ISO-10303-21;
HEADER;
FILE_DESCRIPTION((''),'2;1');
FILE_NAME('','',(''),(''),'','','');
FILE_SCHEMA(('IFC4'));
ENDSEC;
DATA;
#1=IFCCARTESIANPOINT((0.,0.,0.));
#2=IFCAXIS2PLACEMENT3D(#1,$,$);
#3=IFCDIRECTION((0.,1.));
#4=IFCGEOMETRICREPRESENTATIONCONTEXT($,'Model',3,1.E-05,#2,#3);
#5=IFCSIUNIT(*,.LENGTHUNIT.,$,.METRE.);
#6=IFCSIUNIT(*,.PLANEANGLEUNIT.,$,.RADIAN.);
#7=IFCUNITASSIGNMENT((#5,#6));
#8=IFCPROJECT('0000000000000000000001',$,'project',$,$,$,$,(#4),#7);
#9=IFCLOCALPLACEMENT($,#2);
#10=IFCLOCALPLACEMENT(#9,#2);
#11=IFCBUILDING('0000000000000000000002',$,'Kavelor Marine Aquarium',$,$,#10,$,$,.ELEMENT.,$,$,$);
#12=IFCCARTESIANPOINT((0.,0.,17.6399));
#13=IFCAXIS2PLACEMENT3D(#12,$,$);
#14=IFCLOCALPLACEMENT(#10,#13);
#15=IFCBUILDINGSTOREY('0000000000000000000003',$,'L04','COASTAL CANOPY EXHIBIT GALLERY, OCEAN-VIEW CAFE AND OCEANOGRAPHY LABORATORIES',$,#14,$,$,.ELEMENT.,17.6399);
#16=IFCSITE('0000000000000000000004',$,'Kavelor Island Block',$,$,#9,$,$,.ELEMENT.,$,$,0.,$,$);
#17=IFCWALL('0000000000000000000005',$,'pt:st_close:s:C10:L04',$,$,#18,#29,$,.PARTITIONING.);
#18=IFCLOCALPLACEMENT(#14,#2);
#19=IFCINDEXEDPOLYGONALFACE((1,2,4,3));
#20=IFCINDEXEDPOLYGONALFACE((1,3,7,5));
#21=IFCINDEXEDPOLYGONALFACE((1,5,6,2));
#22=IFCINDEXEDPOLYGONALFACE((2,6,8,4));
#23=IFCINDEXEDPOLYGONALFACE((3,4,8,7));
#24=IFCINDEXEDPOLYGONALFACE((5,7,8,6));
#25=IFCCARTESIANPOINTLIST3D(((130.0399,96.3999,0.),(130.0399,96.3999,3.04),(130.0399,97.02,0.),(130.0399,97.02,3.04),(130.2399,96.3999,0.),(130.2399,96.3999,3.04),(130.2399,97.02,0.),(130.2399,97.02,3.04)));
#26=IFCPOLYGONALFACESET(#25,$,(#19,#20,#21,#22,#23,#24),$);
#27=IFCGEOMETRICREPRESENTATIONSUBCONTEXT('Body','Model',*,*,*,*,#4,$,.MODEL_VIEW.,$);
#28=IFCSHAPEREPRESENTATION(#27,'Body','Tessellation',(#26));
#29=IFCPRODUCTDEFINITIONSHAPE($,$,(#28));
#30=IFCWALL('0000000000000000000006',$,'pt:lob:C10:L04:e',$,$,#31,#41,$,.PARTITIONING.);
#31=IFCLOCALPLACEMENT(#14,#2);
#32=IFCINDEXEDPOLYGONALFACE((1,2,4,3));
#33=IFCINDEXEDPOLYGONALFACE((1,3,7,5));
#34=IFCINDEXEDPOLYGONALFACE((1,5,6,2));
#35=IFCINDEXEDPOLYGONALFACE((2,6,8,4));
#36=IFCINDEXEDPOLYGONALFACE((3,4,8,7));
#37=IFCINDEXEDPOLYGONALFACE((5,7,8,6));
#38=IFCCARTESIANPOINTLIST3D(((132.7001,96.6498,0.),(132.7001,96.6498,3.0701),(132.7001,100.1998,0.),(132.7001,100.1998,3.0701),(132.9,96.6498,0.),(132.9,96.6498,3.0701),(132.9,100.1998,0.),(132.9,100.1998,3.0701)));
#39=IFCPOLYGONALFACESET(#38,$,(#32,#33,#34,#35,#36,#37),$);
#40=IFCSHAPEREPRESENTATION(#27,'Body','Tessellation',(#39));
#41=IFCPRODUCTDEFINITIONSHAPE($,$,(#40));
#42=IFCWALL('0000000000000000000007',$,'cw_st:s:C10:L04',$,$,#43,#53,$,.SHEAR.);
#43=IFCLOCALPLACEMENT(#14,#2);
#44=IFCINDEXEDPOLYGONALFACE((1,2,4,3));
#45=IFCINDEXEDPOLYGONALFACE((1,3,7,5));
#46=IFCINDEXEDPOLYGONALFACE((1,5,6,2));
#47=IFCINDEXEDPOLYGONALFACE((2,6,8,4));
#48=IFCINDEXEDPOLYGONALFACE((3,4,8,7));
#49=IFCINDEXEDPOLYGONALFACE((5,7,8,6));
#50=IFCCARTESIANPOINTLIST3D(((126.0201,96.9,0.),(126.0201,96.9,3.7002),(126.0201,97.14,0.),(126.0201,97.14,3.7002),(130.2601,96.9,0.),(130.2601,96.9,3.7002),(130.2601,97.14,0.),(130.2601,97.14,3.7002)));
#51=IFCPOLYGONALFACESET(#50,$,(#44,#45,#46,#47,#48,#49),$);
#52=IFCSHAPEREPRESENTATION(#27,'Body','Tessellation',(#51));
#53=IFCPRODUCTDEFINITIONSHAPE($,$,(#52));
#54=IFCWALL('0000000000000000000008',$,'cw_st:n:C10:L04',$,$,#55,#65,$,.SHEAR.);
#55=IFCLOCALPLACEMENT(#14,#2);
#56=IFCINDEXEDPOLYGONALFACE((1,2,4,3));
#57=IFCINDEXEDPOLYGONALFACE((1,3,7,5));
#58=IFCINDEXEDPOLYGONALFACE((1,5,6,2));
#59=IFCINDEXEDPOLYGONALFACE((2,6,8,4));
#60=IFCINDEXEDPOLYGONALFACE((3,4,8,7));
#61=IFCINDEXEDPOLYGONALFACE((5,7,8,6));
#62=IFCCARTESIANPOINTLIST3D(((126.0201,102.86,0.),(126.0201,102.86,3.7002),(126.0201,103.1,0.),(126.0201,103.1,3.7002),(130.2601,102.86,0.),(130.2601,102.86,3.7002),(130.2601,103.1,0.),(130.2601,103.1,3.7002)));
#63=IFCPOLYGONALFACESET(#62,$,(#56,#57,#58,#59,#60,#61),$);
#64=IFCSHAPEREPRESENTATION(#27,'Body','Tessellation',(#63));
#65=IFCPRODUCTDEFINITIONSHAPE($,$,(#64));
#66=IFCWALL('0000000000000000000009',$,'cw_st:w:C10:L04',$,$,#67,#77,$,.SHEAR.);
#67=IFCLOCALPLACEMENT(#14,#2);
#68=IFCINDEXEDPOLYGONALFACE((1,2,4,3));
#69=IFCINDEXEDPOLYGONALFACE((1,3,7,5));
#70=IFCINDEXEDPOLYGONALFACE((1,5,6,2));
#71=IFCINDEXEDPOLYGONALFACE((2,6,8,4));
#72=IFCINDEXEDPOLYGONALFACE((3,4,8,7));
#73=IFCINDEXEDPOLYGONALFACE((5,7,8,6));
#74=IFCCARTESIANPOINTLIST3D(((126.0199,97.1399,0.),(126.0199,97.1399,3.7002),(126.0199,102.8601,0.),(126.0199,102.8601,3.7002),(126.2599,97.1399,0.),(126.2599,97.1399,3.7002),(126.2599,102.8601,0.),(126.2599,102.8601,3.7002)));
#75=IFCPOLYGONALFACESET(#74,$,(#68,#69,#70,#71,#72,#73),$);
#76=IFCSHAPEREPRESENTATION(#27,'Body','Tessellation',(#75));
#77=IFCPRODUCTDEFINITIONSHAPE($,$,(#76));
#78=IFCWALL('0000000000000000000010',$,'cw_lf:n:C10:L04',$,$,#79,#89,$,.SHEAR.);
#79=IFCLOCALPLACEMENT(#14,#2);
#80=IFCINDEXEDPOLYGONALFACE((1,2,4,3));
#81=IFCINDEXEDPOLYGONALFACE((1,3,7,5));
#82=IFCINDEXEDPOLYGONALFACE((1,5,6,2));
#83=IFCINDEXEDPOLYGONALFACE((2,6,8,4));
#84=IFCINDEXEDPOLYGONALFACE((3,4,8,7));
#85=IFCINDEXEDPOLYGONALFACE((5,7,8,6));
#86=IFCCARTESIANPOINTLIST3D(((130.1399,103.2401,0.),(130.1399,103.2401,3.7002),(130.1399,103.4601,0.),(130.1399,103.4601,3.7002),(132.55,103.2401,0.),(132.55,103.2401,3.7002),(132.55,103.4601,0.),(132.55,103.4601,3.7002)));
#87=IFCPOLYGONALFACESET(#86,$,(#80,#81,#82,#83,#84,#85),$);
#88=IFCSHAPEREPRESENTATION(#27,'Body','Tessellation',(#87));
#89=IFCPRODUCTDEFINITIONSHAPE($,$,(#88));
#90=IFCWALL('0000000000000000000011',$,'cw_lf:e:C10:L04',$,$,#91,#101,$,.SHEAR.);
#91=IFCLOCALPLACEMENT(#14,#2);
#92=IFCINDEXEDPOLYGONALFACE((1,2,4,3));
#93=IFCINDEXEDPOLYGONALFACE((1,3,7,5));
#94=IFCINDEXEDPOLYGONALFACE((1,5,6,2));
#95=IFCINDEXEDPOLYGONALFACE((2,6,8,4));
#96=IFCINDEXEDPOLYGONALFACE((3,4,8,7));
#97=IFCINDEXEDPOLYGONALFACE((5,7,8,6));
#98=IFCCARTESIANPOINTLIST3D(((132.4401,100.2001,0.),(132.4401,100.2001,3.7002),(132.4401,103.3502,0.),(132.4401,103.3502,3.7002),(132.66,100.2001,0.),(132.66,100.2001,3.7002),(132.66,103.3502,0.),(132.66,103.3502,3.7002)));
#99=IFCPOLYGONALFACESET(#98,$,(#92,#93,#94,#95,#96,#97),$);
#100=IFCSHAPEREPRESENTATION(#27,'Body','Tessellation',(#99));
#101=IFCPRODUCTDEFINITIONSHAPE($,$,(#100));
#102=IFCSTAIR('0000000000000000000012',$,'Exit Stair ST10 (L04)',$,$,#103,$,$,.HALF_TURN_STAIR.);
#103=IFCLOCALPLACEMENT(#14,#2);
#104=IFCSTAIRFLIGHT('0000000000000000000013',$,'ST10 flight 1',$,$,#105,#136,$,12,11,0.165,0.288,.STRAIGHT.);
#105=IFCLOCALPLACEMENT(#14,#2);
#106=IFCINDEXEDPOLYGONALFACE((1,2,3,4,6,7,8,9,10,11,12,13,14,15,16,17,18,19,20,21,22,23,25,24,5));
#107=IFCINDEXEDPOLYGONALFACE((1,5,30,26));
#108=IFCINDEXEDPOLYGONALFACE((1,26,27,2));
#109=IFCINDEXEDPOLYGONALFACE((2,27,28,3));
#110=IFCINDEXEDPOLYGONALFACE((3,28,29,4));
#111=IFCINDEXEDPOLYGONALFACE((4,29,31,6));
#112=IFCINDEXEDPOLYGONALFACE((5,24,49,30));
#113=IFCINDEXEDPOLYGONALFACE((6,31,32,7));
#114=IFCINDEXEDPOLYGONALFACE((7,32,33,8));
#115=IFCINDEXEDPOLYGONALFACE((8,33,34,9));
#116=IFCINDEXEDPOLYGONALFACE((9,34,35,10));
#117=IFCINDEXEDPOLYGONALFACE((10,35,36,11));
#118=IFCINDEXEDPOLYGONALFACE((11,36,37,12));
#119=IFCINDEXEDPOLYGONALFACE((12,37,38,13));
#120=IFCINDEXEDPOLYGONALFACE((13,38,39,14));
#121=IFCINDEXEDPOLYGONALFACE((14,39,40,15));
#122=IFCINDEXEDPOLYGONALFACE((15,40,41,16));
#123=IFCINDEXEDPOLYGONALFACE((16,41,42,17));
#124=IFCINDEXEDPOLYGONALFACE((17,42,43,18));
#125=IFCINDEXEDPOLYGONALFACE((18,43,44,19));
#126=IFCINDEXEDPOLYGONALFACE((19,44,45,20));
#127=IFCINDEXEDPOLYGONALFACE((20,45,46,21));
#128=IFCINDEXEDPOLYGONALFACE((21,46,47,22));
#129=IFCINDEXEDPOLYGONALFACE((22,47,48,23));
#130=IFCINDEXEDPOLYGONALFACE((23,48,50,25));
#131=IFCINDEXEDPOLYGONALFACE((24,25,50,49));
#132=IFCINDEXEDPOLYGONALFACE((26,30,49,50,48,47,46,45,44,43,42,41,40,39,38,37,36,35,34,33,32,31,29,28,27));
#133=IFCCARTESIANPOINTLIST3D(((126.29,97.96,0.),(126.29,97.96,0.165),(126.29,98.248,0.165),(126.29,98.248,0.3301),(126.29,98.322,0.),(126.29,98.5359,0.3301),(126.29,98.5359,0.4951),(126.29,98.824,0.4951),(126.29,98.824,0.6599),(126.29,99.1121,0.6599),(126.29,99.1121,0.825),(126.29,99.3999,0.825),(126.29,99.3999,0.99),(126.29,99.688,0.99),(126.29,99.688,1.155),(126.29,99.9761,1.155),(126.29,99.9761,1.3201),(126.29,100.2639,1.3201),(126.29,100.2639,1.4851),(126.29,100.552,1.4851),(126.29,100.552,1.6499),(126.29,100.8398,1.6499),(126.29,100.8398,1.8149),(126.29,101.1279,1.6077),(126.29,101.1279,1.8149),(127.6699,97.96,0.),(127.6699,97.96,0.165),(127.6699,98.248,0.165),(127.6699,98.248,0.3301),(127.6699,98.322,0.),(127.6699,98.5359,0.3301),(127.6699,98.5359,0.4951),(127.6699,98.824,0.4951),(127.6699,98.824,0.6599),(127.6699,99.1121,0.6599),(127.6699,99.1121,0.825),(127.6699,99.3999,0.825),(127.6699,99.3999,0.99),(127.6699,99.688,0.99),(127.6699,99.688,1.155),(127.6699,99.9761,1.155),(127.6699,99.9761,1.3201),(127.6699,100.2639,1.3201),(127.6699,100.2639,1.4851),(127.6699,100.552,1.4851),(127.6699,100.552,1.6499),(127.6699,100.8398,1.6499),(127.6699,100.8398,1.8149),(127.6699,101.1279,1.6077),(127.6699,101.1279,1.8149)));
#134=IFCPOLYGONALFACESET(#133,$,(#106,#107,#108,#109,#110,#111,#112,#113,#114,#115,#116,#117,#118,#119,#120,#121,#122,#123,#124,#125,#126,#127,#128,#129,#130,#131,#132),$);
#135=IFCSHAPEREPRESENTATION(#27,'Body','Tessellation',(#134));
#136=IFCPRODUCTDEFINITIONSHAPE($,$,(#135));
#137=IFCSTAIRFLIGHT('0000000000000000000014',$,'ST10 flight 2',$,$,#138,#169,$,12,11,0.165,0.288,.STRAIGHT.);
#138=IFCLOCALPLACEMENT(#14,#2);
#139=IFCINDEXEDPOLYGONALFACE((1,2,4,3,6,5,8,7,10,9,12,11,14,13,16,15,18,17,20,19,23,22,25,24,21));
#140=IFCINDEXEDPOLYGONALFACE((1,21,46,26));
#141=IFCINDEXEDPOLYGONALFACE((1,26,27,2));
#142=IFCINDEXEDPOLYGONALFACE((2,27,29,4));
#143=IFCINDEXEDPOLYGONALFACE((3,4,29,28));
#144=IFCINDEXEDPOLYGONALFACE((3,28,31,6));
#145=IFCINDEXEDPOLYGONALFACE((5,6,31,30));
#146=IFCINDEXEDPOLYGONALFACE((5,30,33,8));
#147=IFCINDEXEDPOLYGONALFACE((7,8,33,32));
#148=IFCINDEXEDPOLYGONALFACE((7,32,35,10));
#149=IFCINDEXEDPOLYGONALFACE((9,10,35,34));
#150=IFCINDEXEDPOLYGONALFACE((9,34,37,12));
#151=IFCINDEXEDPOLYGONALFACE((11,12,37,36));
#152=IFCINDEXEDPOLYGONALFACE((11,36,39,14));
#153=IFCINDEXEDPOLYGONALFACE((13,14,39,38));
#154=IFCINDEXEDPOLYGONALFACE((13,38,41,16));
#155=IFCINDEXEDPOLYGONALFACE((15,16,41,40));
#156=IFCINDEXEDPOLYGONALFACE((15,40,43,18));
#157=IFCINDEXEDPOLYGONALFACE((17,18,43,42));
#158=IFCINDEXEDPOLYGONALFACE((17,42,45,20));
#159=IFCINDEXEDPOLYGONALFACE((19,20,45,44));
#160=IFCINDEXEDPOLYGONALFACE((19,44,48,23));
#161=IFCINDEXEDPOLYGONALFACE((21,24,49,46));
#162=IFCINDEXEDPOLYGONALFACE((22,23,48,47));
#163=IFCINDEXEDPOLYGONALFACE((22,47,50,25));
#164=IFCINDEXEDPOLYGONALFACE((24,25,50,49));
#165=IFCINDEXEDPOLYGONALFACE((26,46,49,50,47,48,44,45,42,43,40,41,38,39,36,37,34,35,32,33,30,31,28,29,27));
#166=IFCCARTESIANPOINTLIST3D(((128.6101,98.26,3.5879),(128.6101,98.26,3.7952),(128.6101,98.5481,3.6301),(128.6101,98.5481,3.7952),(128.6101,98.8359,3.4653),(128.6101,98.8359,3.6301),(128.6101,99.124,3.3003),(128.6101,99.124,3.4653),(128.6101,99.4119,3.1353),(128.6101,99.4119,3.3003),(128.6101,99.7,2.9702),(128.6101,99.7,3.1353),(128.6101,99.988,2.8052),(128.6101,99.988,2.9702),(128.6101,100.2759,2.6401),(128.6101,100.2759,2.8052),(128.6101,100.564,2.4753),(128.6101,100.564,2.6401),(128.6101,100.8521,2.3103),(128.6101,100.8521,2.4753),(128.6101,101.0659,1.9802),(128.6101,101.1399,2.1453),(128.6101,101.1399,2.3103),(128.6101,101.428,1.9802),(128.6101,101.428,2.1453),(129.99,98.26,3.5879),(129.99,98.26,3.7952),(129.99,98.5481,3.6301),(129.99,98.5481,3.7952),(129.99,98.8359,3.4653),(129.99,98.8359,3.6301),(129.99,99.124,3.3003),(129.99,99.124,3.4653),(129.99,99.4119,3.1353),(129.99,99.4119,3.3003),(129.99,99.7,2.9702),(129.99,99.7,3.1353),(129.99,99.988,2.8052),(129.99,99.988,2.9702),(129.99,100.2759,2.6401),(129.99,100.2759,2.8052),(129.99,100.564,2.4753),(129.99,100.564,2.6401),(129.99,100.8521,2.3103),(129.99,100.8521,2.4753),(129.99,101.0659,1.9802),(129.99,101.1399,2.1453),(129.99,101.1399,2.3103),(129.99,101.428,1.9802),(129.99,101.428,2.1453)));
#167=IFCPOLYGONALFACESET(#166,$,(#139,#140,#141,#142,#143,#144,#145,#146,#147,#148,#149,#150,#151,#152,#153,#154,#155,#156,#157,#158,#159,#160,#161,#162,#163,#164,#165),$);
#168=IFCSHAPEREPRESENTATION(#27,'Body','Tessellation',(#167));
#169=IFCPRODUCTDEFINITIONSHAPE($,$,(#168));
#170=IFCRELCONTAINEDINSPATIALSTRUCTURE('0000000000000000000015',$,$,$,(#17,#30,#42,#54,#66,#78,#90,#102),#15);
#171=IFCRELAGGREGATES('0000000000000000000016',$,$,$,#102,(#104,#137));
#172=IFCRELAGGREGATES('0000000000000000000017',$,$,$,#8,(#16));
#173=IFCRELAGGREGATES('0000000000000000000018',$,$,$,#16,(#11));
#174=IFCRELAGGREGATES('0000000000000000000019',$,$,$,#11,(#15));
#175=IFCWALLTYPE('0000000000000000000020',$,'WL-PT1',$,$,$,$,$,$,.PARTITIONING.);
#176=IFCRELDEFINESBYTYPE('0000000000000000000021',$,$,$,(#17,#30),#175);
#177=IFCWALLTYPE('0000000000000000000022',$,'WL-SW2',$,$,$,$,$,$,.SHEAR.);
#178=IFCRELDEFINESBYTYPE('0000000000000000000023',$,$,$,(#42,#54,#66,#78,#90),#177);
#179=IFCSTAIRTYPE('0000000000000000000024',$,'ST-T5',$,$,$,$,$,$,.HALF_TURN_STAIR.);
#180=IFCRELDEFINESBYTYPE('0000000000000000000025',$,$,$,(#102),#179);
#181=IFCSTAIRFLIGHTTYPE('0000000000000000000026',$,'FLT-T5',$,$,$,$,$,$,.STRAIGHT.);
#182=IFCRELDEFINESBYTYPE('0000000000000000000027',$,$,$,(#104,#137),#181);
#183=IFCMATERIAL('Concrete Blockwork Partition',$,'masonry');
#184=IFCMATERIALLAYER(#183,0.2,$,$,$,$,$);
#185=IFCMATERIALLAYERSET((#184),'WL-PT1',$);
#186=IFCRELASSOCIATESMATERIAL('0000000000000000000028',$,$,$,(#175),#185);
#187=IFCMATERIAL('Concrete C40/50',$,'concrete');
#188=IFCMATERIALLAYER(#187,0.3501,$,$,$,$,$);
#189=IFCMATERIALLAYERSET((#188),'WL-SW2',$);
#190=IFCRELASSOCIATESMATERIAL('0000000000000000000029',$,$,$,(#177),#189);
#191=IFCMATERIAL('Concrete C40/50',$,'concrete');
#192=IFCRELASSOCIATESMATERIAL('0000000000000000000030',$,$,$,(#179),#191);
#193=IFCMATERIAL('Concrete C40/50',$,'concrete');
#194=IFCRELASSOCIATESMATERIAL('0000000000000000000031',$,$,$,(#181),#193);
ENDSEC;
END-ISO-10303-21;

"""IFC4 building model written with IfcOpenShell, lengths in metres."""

from ifc_helpers import new_model, si_unit, direction, frame, frame_2d, origin, place, context, subcontext, project, spatial, polyline, rectangle, outline, extrude, material, layer, layer_set, type_object, element, aggregate, save


model = new_model("IFC4")

# Units and contexts
model_context = context("Model", 3, precision=1e-05, world=origin(), true_north=direction((0.0, 1.0)))
body_context = subcontext(model_context, "Body", "Model", "MODEL_VIEW")
ifc_project = project(units=[si_unit("LENGTHUNIT", "METRE"), si_unit("PLANEANGLEUNIT", "RADIAN")], contexts=[model_context])

# Site, building, storey
site_placement = place(None, origin())
site = spatial("IfcSite", under=ifc_project, at=site_placement, Name="Kavelor Island Block", CompositionType="ELEMENT", RefElevation=0.0)
building_placement = place(site_placement, origin())
building = spatial("IfcBuilding", under=site, at=building_placement, Name="Kavelor Marine Aquarium", CompositionType="ELEMENT")
storey_placement = place(building_placement, frame((0.0, 0.0, 17.6399)))
storey = spatial("IfcBuildingStorey", under=building, at=storey_placement, Name="L04", Description="COASTAL CANOPY EXHIBIT GALLERY, OCEAN-VIEW CAFE AND OCEANOGRAPHY LABORATORIES", CompositionType="ELEMENT", Elevation=17.6399)

# Walls
ifc_material_1 = material(Name="Concrete Blockwork Partition", Category="masonry")
ifc_layer_1 = layer(ifc_material_1, 0.2)
ifc_layer_set_1 = layer_set([ifc_layer_1], Name="WL-PT1")
wall_type_1 = type_object("IfcWallType", Name="WL-PT1", PredefinedType="PARTITIONING", material=ifc_layer_set_1)
wall_1_placement = place(storey_placement, frame((130.1399, 96.3999, 0.0), z_axis=(0.0, 0.0, 1.0), x_axis=(0.0, 1.0, 0.0)))
element("IfcWall", 1, at=wall_1_placement, inside=storey, type_object=wall_type_1, Name="pt:st_close:s:C10:L04", PredefinedType="PARTITIONING", context=body_context, shape_type="SweptSolid", body=[
    extrude(rectangle(XDim=0.6201, YDim=0.2, at=frame_2d((0.3101, 0.0))), origin(), (0.0, 0.0, 1.0), 3.04),
])
wall_2_placement = place(storey_placement, frame((132.8, 96.6499, 0.0), z_axis=(0.0, 0.0, 1.0), x_axis=(0.0, 1.0, 0.0)))
element("IfcWall", 2, at=wall_2_placement, inside=storey, type_object=wall_type_1, Name="pt:lob:C10:L04:e", PredefinedType="PARTITIONING", context=body_context, shape_type="SweptSolid", body=[
    extrude(rectangle(XDim=3.55, YDim=0.2, at=frame_2d((1.7749, 0.0))), origin(), (0.0, 0.0, 1.0), 3.0701),
])

# Walls
ifc_material_2 = material(Name="Concrete C40/50", Category="concrete")
ifc_layer_2 = layer(ifc_material_2, 0.3501)
ifc_layer_set_2 = layer_set([ifc_layer_2], Name="WL-SW2")
wall_type_2 = type_object("IfcWallType", Name="WL-SW2", PredefinedType="SHEAR", material=ifc_layer_set_2)
for number, where, z_axis, x_axis, name in (
    (3, (126.02, 97.02, 0.0), (0.0, 0.0, 1.0), (1.0, 0.0, 0.0), "cw_st:s:C10:L04"),
    (4, (126.02, 102.98, 0.0), (0.0, 0.0, 1.0), (1.0, 0.0, 0.0), "cw_st:n:C10:L04"),
):
    element("IfcWall", number, at=place(storey_placement, frame(where, z_axis=z_axis, x_axis=x_axis)), inside=storey, type_object=wall_type_2, Name=name, PredefinedType="SHEAR", context=body_context, shape_type="SweptSolid", body=[
        extrude(rectangle(XDim=4.24, YDim=0.24, at=frame_2d((2.1201, 0.0))), origin(), (0.0, 0.0, 1.0), 3.7002),
    ])
wall_3_placement = place(storey_placement, frame((126.1399, 97.1399, 0.0), z_axis=(0.0, 0.0, 1.0), x_axis=(0.0, 1.0, 0.0)))
element("IfcWall", 5, at=wall_3_placement, inside=storey, type_object=wall_type_2, Name="cw_st:w:C10:L04", PredefinedType="SHEAR", context=body_context, shape_type="SweptSolid", body=[
    extrude(rectangle(XDim=5.7202, YDim=0.24, at=frame_2d((2.8601, 0.0))), origin(), (0.0, 0.0, 1.0), 3.7002),
])

# Walls
wall_4_placement = place(storey_placement, frame((130.1399, 103.3501, 0.0), z_axis=(0.0, 0.0, 1.0), x_axis=(1.0, 0.0, 0.0)))
element("IfcWall", 6, at=wall_4_placement, inside=storey, type_object=wall_type_2, Name="cw_lf:n:C10:L04", PredefinedType="SHEAR", context=body_context, shape_type="SweptSolid", body=[
    extrude(rectangle(XDim=2.4102, YDim=0.22, at=frame_2d((1.2051, 0.0))), origin(), (0.0, 0.0, 1.0), 3.7002),
])
wall_5_placement = place(storey_placement, frame((132.55, 100.2, 0.0), z_axis=(0.0, 0.0, 1.0), x_axis=(0.0, 1.0, 0.0)))
element("IfcWall", 7, at=wall_5_placement, inside=storey, type_object=wall_type_2, Name="cw_lf:e:C10:L04", PredefinedType="SHEAR", context=body_context, shape_type="SweptSolid", body=[
    extrude(rectangle(XDim=3.1501, YDim=0.22, at=frame_2d((1.5752, 0.0))), origin(), (0.0, 0.0, 1.0), 3.7002),
])

# Stair, stair flights
ifc_material_3 = material(Name="Concrete C40/50", Category="concrete")
stair_type = type_object("IfcStairType", Name="ST-T5", PredefinedType="HALF_TURN_STAIR", material=ifc_material_3)
stair_placement = place(storey_placement, origin())
stair = element("IfcStair", 8, at=stair_placement, inside=storey, type_object=stair_type, Name="Exit Stair ST10 (L04)", PredefinedType="HALF_TURN_STAIR")
ifc_material_4 = material(Name="Concrete C40/50", Category="concrete")
stair_flight_type = type_object("IfcStairFlightType", Name="FLT-T5", PredefinedType="STRAIGHT", material=ifc_material_4)
stair_flight_1_placement = place(storey_placement, frame((126.98, 97.96, 0.0), z_axis=(0.0, 0.0, 1.0), x_axis=(0.0, 1.0, 0.0)))
stair_flight_1 = element("IfcStairFlight", 9, at=stair_flight_1_placement, type_object=stair_flight_type, Name="ST10 flight 1", NumberOfRisers=12, NumberOfTreads=11, PredefinedType="STRAIGHT", RiserHeight=0.165, TreadLength=0.288, context=body_context, shape_type="SweptSolid", body=[
    extrude(outline(polyline([(0.0, 0.0), (0.0, 0.165), (0.2881, 0.165), (0.2881, 0.3301), (0.5759, 0.3301), (0.5759, 0.4951), (0.864, 0.4951), (0.864, 0.6599), (1.1521, 0.6599), (1.1521, 0.825), (1.4399, 0.825), (1.4399, 0.99), (1.728, 0.99), (1.728, 1.155), (2.0161, 1.155), (2.0161, 1.3201), (2.304, 1.3201), (2.304, 1.4851), (2.592, 1.4851), (2.592, 1.6499), (2.8799, 1.6499), (2.8799, 1.8149), (3.168, 1.8149), (3.168, 1.98), (3.168, 1.6077), (0.3621, 0.0), (0.0, 0.0)])), frame((0.0, 0.6899, 0.0), z_axis=(0.0, -1.0, 0.0), x_axis=(1.0, 0.0, 0.0)), (0.0, 0.0, 1.0), 1.3799),
])
stair_flight_2_placement = place(storey_placement, frame((129.3, 101.428, 1.9802), z_axis=(0.0, 0.0, 1.0), x_axis=(0.0, -1.0, 0.0)))
stair_flight_2 = element("IfcStairFlight", 10, at=stair_flight_2_placement, type_object=stair_flight_type, Name="ST10 flight 2", NumberOfRisers=12, NumberOfTreads=11, PredefinedType="STRAIGHT", RiserHeight=0.165, TreadLength=0.288, context=body_context, shape_type="SweptSolid", body=[
    extrude(outline(polyline([(0.0, 0.0), (0.0, 0.165), (0.2881, 0.165), (0.2881, 0.3301), (0.5759, 0.3301), (0.5759, 0.4951), (0.864, 0.4951), (0.864, 0.6599), (1.1521, 0.6599), (1.1521, 0.825), (1.4399, 0.825), (1.4399, 0.99), (1.728, 0.99), (1.728, 1.155), (2.0161, 1.155), (2.0161, 1.3201), (2.304, 1.3201), (2.304, 1.4851), (2.592, 1.4851), (2.592, 1.6499), (2.8799, 1.6499), (2.8799, 1.8149), (3.168, 1.8149), (3.168, 1.98), (3.168, 1.6077), (0.3621, 0.0), (0.0, 0.0)])), frame((0.0, 0.6899, 0.0), z_axis=(0.0, -1.0, 0.0), x_axis=(1.0, 0.0, 0.0)), (0.0, 0.0, 1.0), 1.3799),
])
aggregate(stair, [stair_flight_1, stair_flight_2])

save(model, "model.ifc")
